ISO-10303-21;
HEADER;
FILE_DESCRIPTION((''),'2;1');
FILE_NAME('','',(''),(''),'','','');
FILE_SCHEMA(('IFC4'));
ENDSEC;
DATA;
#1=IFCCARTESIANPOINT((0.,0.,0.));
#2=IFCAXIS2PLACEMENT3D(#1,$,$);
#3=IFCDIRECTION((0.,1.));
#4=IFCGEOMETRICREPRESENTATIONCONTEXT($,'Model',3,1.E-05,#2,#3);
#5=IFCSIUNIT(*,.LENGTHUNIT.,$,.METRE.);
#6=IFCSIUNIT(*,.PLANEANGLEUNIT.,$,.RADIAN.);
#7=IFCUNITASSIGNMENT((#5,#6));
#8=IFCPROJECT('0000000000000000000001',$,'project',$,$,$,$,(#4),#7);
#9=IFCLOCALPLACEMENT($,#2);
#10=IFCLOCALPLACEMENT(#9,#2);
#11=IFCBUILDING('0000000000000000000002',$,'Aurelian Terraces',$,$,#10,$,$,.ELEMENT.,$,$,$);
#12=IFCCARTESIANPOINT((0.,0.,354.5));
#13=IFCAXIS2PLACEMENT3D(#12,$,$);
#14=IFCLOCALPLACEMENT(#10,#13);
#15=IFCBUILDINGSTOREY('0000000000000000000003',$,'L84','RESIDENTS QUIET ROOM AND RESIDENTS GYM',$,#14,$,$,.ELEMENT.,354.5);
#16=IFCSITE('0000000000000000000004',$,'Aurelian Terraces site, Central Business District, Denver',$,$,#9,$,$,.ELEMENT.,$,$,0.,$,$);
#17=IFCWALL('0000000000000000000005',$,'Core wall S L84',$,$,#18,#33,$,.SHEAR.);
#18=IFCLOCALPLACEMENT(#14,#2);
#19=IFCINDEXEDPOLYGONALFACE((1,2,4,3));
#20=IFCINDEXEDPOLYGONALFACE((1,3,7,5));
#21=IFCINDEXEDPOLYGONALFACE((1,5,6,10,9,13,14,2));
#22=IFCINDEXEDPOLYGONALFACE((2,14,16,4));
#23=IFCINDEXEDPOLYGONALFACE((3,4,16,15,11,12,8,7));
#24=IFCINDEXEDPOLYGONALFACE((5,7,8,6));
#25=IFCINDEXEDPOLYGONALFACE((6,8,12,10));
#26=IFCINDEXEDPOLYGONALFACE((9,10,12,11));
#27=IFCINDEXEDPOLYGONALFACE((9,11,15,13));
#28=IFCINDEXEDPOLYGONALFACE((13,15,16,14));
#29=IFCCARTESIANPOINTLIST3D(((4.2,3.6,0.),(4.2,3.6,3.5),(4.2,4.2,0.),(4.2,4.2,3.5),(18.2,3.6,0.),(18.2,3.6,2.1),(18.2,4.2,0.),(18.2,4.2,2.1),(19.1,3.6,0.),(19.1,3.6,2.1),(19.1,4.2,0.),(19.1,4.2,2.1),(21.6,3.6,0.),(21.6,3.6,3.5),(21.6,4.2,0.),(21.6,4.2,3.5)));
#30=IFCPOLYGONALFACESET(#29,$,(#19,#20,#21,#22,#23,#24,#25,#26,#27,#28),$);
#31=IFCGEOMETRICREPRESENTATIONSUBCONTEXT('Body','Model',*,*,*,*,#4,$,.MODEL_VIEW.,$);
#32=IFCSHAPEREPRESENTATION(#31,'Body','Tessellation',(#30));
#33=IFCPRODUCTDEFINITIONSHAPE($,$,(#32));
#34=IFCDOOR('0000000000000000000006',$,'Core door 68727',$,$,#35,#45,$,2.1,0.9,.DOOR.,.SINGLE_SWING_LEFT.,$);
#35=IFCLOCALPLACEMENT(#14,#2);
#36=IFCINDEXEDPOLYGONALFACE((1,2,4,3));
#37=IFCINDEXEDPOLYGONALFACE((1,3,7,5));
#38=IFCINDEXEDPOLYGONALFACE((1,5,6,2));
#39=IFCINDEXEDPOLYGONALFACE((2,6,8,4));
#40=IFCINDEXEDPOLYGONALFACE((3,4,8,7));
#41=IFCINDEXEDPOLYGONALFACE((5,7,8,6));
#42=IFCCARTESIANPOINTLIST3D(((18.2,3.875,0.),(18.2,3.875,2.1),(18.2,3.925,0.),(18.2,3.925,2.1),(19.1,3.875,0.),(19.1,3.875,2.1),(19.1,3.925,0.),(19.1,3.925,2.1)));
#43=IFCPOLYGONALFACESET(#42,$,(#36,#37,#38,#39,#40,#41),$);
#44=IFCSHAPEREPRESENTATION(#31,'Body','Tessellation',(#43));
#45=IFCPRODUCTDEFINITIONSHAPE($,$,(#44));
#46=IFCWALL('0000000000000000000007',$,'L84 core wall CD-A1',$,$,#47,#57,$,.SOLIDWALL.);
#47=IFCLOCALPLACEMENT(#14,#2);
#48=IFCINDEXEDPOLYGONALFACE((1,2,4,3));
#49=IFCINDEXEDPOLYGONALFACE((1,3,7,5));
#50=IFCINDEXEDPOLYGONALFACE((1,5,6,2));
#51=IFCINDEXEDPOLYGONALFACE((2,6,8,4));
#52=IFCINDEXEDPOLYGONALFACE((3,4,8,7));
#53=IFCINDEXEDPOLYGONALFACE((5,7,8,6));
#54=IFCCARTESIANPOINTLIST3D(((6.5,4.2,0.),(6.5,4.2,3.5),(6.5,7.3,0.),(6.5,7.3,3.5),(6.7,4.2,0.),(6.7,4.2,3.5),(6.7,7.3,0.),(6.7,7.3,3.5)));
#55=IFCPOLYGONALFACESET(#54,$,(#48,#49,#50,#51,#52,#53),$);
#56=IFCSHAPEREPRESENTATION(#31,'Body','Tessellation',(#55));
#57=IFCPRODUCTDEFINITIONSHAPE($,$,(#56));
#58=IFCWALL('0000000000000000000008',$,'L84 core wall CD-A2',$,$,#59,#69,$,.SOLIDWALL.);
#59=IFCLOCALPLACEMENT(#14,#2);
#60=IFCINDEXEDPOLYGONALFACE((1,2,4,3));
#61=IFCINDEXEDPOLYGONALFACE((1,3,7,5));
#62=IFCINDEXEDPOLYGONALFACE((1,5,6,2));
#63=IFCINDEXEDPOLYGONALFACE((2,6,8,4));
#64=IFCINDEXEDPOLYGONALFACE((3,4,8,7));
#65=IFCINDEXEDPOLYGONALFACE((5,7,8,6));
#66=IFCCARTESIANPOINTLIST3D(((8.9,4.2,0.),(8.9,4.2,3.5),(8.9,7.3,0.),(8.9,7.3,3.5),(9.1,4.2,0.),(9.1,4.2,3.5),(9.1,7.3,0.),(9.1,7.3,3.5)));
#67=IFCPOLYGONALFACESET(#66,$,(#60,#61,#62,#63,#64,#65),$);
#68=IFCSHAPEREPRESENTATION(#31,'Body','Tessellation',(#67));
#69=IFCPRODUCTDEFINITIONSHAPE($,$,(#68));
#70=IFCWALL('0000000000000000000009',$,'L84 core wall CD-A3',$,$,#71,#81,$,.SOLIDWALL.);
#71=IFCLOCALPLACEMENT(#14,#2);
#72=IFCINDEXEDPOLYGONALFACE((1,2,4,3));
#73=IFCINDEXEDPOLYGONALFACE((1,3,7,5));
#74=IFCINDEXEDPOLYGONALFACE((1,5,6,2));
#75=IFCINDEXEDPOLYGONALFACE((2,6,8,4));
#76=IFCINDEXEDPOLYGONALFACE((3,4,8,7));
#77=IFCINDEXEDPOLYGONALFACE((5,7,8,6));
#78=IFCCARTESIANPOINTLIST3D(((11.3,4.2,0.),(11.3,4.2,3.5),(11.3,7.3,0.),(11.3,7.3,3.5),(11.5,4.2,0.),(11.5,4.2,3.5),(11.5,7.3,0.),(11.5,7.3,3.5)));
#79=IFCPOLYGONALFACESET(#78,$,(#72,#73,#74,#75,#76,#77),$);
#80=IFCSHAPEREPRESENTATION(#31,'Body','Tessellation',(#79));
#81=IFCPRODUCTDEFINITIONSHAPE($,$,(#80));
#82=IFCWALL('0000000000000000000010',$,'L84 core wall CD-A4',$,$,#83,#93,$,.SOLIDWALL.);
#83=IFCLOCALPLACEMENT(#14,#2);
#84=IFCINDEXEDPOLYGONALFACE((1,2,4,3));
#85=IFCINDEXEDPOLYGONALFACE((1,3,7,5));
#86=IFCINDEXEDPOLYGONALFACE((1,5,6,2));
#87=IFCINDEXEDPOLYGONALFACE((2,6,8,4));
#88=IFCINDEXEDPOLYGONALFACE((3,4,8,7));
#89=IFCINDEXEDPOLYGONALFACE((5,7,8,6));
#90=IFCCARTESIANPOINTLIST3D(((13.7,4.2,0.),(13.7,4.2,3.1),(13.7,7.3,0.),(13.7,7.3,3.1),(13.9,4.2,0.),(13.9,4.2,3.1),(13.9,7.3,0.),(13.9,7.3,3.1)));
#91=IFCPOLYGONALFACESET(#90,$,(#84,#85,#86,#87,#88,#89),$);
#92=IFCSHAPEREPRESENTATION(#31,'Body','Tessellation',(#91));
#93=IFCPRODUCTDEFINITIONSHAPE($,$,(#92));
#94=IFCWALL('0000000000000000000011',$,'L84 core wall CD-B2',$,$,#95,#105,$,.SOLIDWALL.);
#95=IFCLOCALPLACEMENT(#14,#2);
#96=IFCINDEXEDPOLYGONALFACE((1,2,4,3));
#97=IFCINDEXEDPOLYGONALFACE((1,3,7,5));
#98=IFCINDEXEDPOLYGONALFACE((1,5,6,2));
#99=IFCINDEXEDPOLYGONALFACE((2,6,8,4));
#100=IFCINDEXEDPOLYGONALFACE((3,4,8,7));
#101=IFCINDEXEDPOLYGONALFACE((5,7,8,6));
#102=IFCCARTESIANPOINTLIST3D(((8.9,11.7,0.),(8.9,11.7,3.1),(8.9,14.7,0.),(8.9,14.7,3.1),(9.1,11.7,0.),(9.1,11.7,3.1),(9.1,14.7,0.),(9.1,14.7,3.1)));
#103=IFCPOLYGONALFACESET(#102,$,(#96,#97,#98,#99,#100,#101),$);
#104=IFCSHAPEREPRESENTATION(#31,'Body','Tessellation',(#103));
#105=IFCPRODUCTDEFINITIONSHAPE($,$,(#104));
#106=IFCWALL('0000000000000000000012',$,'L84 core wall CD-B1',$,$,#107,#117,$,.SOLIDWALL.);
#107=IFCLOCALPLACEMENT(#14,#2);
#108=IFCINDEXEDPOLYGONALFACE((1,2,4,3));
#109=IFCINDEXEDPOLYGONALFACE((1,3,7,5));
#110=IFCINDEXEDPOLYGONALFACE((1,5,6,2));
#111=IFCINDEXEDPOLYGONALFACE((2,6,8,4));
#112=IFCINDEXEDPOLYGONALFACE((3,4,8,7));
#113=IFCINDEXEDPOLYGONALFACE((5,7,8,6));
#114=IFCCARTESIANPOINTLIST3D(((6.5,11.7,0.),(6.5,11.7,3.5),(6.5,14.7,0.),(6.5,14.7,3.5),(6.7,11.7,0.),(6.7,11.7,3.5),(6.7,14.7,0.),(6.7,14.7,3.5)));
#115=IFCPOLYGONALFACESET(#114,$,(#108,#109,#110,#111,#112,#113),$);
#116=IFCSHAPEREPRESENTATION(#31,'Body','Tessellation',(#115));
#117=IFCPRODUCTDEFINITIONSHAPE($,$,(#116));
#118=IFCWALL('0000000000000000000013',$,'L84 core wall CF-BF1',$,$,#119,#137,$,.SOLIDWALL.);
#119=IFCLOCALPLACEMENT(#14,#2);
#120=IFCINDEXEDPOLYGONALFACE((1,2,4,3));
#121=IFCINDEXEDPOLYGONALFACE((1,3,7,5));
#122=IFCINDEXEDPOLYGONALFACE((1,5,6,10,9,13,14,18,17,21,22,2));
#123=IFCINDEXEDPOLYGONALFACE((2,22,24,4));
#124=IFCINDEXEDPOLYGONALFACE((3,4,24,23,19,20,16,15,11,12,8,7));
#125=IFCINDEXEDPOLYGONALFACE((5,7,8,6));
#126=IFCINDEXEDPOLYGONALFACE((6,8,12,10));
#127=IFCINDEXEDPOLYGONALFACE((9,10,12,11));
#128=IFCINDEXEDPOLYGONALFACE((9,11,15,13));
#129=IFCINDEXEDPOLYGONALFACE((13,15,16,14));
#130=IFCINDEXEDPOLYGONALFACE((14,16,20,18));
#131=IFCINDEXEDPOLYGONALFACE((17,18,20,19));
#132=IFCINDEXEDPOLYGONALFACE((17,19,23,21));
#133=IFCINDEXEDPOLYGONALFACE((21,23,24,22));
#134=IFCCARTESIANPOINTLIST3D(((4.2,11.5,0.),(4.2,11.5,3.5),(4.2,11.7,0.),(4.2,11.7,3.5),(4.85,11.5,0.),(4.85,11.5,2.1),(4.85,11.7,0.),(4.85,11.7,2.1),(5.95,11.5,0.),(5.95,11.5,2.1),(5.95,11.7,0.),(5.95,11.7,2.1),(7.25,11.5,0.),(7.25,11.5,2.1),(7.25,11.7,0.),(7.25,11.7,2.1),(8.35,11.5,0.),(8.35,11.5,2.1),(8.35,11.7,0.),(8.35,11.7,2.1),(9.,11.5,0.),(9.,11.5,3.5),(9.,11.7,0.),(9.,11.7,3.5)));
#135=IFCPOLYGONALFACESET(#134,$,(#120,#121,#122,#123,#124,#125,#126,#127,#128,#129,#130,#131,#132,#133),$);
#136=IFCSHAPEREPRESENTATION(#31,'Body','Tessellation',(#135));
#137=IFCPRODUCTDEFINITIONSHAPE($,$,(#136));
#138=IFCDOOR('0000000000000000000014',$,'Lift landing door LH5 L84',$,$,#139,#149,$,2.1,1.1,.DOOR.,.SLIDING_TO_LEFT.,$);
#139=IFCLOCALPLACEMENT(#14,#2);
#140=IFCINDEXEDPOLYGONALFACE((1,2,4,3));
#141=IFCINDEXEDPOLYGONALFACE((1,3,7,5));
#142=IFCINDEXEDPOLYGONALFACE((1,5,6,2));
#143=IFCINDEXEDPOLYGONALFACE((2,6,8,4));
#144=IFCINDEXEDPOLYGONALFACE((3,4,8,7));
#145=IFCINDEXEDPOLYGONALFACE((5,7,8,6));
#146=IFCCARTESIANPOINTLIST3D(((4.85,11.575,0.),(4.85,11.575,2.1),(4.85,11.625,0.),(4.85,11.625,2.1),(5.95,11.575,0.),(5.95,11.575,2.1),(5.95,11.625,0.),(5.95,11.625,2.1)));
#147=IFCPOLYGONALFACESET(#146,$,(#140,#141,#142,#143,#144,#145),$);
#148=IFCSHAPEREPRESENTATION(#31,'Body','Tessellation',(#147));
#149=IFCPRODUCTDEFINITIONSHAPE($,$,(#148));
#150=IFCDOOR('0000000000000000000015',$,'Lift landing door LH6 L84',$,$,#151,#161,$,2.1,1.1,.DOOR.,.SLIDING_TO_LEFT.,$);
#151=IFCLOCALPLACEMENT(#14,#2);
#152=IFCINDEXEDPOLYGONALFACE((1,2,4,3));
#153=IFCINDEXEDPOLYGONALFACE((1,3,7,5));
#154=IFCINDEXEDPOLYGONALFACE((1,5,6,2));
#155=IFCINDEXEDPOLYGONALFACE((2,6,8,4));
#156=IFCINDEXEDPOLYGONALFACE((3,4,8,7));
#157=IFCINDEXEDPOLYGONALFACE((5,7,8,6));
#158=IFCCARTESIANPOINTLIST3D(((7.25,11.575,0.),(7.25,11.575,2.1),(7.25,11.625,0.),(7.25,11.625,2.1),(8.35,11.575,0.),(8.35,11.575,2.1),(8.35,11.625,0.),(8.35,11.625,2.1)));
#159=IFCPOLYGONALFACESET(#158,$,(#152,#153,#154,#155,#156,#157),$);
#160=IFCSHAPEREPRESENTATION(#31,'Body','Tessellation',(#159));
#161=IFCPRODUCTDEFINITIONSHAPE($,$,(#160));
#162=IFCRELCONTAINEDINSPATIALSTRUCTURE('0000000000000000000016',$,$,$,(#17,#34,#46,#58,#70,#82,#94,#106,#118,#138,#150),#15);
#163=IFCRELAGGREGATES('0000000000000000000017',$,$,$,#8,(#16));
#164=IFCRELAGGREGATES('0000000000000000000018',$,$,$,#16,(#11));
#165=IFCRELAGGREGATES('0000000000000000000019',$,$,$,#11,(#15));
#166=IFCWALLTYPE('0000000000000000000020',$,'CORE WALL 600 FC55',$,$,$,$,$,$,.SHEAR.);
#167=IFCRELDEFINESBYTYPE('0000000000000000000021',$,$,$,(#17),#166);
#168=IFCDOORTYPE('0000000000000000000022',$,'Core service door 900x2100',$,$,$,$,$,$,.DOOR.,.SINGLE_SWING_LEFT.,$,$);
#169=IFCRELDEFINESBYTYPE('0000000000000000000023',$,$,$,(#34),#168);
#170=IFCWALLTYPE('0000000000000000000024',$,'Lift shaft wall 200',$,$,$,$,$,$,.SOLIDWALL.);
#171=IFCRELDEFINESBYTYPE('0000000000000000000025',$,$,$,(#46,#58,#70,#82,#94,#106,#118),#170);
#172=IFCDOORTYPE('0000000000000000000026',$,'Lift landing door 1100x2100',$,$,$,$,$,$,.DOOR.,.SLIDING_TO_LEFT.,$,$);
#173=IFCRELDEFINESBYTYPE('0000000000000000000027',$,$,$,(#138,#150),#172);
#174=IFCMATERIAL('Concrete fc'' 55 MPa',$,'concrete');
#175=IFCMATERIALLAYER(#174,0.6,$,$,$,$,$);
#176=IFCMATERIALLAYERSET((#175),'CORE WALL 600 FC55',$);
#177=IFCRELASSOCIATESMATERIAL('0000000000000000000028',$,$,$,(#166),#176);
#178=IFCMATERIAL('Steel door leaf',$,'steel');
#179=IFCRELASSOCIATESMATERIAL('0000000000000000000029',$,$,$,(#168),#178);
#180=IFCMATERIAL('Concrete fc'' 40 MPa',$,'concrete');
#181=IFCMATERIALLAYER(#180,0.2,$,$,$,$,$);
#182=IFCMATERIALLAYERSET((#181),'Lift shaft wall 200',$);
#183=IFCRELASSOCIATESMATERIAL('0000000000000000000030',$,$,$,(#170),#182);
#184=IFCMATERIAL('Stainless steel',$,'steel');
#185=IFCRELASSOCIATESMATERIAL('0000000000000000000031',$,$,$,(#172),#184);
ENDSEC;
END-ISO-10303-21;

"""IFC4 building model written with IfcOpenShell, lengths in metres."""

from ifc_helpers import new_model, si_unit, direction, frame, frame_2d, origin, place, context, subcontext, project, spatial, rectangle, extrude, source, transform, mapped, material, layer, layer_set, type_object, element, fill, save


model = new_model("IFC4")

# Units and contexts
model_context = context("Model", 3, precision=1e-05, world=origin(), true_north=direction((0.0, 1.0)))
body_context = subcontext(model_context, "Body", "Model", "MODEL_VIEW")
ifc_project = project(units=[si_unit("LENGTHUNIT", "METRE"), si_unit("PLANEANGLEUNIT", "RADIAN")], contexts=[model_context])

# Site, building, storey
site_placement = place(None, origin())
site = spatial("IfcSite", under=ifc_project, at=site_placement, Name="Aurelian Terraces site, Central Business District, Denver", CompositionType="ELEMENT", RefElevation=0.0)
building_placement = place(site_placement, origin())
building = spatial("IfcBuilding", under=site, at=building_placement, Name="Aurelian Terraces", CompositionType="ELEMENT")
storey_placement = place(building_placement, frame((0.0, 0.0, 354.5)))
storey = spatial("IfcBuildingStorey", under=building, at=storey_placement, Name="L84", Description="RESIDENTS QUIET ROOM AND RESIDENTS GYM", CompositionType="ELEMENT", Elevation=354.5)

# Wall, opening, door
ifc_material_1 = material(Name="Concrete fc' 55 MPa", Category="concrete")
ifc_layer_1 = layer(ifc_material_1, 0.6)
ifc_layer_set_1 = layer_set([ifc_layer_1], Name="CORE WALL 600 FC55")
wall_type_1 = type_object("IfcWallType", Name="CORE WALL 600 FC55", PredefinedType="SHEAR", material=ifc_layer_set_1)
shared_shape_1 = source(origin(), body_context, "Body", "SweptSolid", [
    extrude(rectangle(XDim=17.4, YDim=0.6, at=frame_2d((8.7, 0.0))), origin(), (0.0, 0.0, 1.0), 3.5),
])
wall_1_placement = place(storey_placement, frame((4.2, 3.9, 0.0), z_axis=(0.0, 0.0, 1.0), x_axis=(1.0, 0.0, 0.0)))
wall_1 = element("IfcWall", 1, at=wall_1_placement, inside=storey, type_object=wall_type_1, Name="Core wall S L84", PredefinedType="SHEAR", context=body_context, shape_type="MappedRepresentation", body=[
    mapped(shared_shape_1, transform((0.0, 0.0, 0.0), scale=1.0)),
])
shared_shape_2 = source(origin(), body_context, "Body", "SweptSolid", [
    extrude(rectangle(XDim=0.9, YDim=2.1, at=frame_2d((0.45, 1.05))), frame((0.0, 0.31, 0.0), z_axis=(0.0, -1.0, 0.0), x_axis=(1.0, 0.0, 0.0)), (0.0, 0.0, 1.0), 0.62),
])
opening_1_placement = place(wall_1_placement, frame((14.0, 0.0, 0.0)))
opening_1 = element("IfcOpeningElement", 2, at=opening_1_placement, cuts=wall_1, PredefinedType="OPENING", context=body_context, shape_type="MappedRepresentation", body=[
    mapped(shared_shape_2, transform((0.0, 0.0, 0.0), scale=1.0)),
])
ifc_material_2 = material(Name="Steel door leaf", Category="steel")
door_type_1 = type_object("IfcDoorType", Name="Core service door 900x2100", OperationType="SINGLE_SWING_LEFT", PredefinedType="DOOR", material=ifc_material_2)
shared_shape_3 = source(origin(), body_context, "Body", "SweptSolid", [
    extrude(rectangle(XDim=0.9, YDim=2.1, at=frame_2d((0.45, 1.05))), frame((0.0, 0.025, 0.0), z_axis=(0.0, -1.0, 0.0), x_axis=(1.0, 0.0, 0.0)), (0.0, 0.0, 1.0), 0.05),
])
door_1_placement = place(opening_1_placement, origin())
door_1 = element("IfcDoor", 3, at=door_1_placement, inside=storey, type_object=door_type_1, Name="Core door 68727", OperationType="SINGLE_SWING_LEFT", OverallHeight=2.1, OverallWidth=0.9, PredefinedType="DOOR", context=body_context, shape_type="MappedRepresentation", body=[
    mapped(shared_shape_3, transform((0.0, 0.0, 0.0), scale=1.0)),
])
fill(opening_1, door_1)

# Walls
ifc_material_3 = material(Name="Concrete fc' 40 MPa", Category="concrete")
ifc_layer_2 = layer(ifc_material_3, 0.2)
ifc_layer_set_2 = layer_set([ifc_layer_2], Name="Lift shaft wall 200")
wall_type_2 = type_object("IfcWallType", Name="Lift shaft wall 200", PredefinedType="SOLIDWALL", material=ifc_layer_set_2)
shared_shape_4 = source(origin(), body_context, "Body", "SweptSolid", [
    extrude(rectangle(XDim=3.1, YDim=0.2, at=frame_2d((1.55, 0.0))), origin(), (0.0, 0.0, 1.0), 3.5),
])
for number, where, z_axis, x_axis, name in (
    (4, (6.6, 4.2, 0.0), (0.0, 0.0, 1.0), (0.0, 1.0, 0.0), "L84 core wall CD-A1"),
    (5, (9.0, 4.2, 0.0), (0.0, 0.0, 1.0), (0.0, 1.0, 0.0), "L84 core wall CD-A2"),
    (6, (11.4, 4.2, 0.0), (0.0, 0.0, 1.0), (0.0, 1.0, 0.0), "L84 core wall CD-A3"),
):
    element("IfcWall", number, at=place(storey_placement, frame(where, z_axis=z_axis, x_axis=x_axis)), inside=storey, type_object=wall_type_2, Name=name, PredefinedType="SOLIDWALL", context=body_context, shape_type="MappedRepresentation", body=[
        mapped(shared_shape_4, transform((0.0, 0.0, 0.0), scale=1.0)),
    ])
shared_shape_5 = source(origin(), body_context, "Body", "SweptSolid", [
    extrude(rectangle(XDim=3.1, YDim=0.2, at=frame_2d((1.55, 0.0))), origin(), (0.0, 0.0, 1.0), 3.1),
])
wall_2_placement = place(storey_placement, frame((13.8, 4.2, 0.0), z_axis=(0.0, 0.0, 1.0), x_axis=(0.0, 1.0, 0.0)))
element("IfcWall", 7, at=wall_2_placement, inside=storey, type_object=wall_type_2, Name="L84 core wall CD-A4", PredefinedType="SOLIDWALL", context=body_context, shape_type="MappedRepresentation", body=[
    mapped(shared_shape_5, transform((0.0, 0.0, 0.0), scale=1.0)),
])
shared_shape_6 = source(origin(), body_context, "Body", "SweptSolid", [
    extrude(rectangle(XDim=3.0, YDim=0.2, at=frame_2d((1.5, 0.0))), origin(), (0.0, 0.0, 1.0), 3.1),
])
wall_3_placement = place(storey_placement, frame((9.0, 11.7, 0.0), z_axis=(0.0, 0.0, 1.0), x_axis=(0.0, 1.0, 0.0)))
element("IfcWall", 8, at=wall_3_placement, inside=storey, type_object=wall_type_2, Name="L84 core wall CD-B2", PredefinedType="SOLIDWALL", context=body_context, shape_type="MappedRepresentation", body=[
    mapped(shared_shape_6, transform((0.0, 0.0, 0.0), scale=1.0)),
])
shared_shape_7 = source(origin(), body_context, "Body", "SweptSolid", [
    extrude(rectangle(XDim=3.0, YDim=0.2, at=frame_2d((1.5, 0.0))), origin(), (0.0, 0.0, 1.0), 3.5),
])
wall_4_placement = place(storey_placement, frame((6.6, 11.7, 0.0), z_axis=(0.0, 0.0, 1.0), x_axis=(0.0, 1.0, 0.0)))
element("IfcWall", 9, at=wall_4_placement, inside=storey, type_object=wall_type_2, Name="L84 core wall CD-B1", PredefinedType="SOLIDWALL", context=body_context, shape_type="MappedRepresentation", body=[
    mapped(shared_shape_7, transform((0.0, 0.0, 0.0), scale=1.0)),
])

# Wall, openings, doors
shared_shape_8 = source(origin(), body_context, "Body", "SweptSolid", [
    extrude(rectangle(XDim=4.8, YDim=0.2, at=frame_2d((2.4, 0.0))), origin(), (0.0, 0.0, 1.0), 3.5),
])
wall_5_placement = place(storey_placement, frame((4.2, 11.6, 0.0), z_axis=(0.0, 0.0, 1.0), x_axis=(1.0, 0.0, 0.0)))
wall_5 = element("IfcWall", 10, at=wall_5_placement, inside=storey, type_object=wall_type_2, Name="L84 core wall CF-BF1", PredefinedType="SOLIDWALL", context=body_context, shape_type="MappedRepresentation", body=[
    mapped(shared_shape_8, transform((0.0, 0.0, 0.0), scale=1.0)),
])
shared_shape_9 = source(origin(), body_context, "Body", "SweptSolid", [
    extrude(rectangle(XDim=1.1, YDim=2.1, at=frame_2d((0.55, 1.05))), frame((0.0, 0.11, 0.0), z_axis=(0.0, -1.0, 0.0), x_axis=(1.0, 0.0, 0.0)), (0.0, 0.0, 1.0), 0.22),
])
opening_2_placement = place(wall_5_placement, frame((0.65, 0.0, 0.0)))
opening_2 = element("IfcOpeningElement", 11, at=opening_2_placement, cuts=wall_5, PredefinedType="OPENING", context=body_context, shape_type="MappedRepresentation", body=[
    mapped(shared_shape_9, transform((0.0, 0.0, 0.0), scale=1.0)),
])
opening_3_placement = place(wall_5_placement, frame((3.05, 0.0, 0.0)))
opening_3 = element("IfcOpeningElement", 12, at=opening_3_placement, cuts=wall_5, PredefinedType="OPENING", context=body_context, shape_type="MappedRepresentation", body=[
    mapped(shared_shape_9, transform((0.0, 0.0, 0.0), scale=1.0)),
])
ifc_material_4 = material(Name="Stainless steel", Category="steel")
door_type_2 = type_object("IfcDoorType", Name="Lift landing door 1100x2100", OperationType="SLIDING_TO_LEFT", PredefinedType="DOOR", material=ifc_material_4)
shared_shape_10 = source(origin(), body_context, "Body", "SweptSolid", [
    extrude(rectangle(XDim=1.1, YDim=2.1, at=frame_2d((0.55, 1.05))), frame((0.0, 0.025, 0.0), z_axis=(0.0, -1.0, 0.0), x_axis=(1.0, 0.0, 0.0)), (0.0, 0.0, 1.0), 0.05),
])
door_2_placement = place(opening_2_placement, origin())
door_2 = element("IfcDoor", 13, at=door_2_placement, inside=storey, type_object=door_type_2, Name="Lift landing door LH5 L84", OperationType="SLIDING_TO_LEFT", OverallHeight=2.1, OverallWidth=1.1, PredefinedType="DOOR", context=body_context, shape_type="MappedRepresentation", body=[
    mapped(shared_shape_10, transform((0.0, 0.0, 0.0), scale=1.0)),
])
fill(opening_2, door_2)
door_3_placement = place(opening_3_placement, origin())
door_3 = element("IfcDoor", 14, at=door_3_placement, inside=storey, type_object=door_type_2, Name="Lift landing door LH6 L84", OperationType="SLIDING_TO_LEFT", OverallHeight=2.1, OverallWidth=1.1, PredefinedType="DOOR", context=body_context, shape_type="MappedRepresentation", body=[
    mapped(shared_shape_10, transform((0.0, 0.0, 0.0), scale=1.0)),
])
fill(opening_3, door_3)

save(model, "model.ifc")
